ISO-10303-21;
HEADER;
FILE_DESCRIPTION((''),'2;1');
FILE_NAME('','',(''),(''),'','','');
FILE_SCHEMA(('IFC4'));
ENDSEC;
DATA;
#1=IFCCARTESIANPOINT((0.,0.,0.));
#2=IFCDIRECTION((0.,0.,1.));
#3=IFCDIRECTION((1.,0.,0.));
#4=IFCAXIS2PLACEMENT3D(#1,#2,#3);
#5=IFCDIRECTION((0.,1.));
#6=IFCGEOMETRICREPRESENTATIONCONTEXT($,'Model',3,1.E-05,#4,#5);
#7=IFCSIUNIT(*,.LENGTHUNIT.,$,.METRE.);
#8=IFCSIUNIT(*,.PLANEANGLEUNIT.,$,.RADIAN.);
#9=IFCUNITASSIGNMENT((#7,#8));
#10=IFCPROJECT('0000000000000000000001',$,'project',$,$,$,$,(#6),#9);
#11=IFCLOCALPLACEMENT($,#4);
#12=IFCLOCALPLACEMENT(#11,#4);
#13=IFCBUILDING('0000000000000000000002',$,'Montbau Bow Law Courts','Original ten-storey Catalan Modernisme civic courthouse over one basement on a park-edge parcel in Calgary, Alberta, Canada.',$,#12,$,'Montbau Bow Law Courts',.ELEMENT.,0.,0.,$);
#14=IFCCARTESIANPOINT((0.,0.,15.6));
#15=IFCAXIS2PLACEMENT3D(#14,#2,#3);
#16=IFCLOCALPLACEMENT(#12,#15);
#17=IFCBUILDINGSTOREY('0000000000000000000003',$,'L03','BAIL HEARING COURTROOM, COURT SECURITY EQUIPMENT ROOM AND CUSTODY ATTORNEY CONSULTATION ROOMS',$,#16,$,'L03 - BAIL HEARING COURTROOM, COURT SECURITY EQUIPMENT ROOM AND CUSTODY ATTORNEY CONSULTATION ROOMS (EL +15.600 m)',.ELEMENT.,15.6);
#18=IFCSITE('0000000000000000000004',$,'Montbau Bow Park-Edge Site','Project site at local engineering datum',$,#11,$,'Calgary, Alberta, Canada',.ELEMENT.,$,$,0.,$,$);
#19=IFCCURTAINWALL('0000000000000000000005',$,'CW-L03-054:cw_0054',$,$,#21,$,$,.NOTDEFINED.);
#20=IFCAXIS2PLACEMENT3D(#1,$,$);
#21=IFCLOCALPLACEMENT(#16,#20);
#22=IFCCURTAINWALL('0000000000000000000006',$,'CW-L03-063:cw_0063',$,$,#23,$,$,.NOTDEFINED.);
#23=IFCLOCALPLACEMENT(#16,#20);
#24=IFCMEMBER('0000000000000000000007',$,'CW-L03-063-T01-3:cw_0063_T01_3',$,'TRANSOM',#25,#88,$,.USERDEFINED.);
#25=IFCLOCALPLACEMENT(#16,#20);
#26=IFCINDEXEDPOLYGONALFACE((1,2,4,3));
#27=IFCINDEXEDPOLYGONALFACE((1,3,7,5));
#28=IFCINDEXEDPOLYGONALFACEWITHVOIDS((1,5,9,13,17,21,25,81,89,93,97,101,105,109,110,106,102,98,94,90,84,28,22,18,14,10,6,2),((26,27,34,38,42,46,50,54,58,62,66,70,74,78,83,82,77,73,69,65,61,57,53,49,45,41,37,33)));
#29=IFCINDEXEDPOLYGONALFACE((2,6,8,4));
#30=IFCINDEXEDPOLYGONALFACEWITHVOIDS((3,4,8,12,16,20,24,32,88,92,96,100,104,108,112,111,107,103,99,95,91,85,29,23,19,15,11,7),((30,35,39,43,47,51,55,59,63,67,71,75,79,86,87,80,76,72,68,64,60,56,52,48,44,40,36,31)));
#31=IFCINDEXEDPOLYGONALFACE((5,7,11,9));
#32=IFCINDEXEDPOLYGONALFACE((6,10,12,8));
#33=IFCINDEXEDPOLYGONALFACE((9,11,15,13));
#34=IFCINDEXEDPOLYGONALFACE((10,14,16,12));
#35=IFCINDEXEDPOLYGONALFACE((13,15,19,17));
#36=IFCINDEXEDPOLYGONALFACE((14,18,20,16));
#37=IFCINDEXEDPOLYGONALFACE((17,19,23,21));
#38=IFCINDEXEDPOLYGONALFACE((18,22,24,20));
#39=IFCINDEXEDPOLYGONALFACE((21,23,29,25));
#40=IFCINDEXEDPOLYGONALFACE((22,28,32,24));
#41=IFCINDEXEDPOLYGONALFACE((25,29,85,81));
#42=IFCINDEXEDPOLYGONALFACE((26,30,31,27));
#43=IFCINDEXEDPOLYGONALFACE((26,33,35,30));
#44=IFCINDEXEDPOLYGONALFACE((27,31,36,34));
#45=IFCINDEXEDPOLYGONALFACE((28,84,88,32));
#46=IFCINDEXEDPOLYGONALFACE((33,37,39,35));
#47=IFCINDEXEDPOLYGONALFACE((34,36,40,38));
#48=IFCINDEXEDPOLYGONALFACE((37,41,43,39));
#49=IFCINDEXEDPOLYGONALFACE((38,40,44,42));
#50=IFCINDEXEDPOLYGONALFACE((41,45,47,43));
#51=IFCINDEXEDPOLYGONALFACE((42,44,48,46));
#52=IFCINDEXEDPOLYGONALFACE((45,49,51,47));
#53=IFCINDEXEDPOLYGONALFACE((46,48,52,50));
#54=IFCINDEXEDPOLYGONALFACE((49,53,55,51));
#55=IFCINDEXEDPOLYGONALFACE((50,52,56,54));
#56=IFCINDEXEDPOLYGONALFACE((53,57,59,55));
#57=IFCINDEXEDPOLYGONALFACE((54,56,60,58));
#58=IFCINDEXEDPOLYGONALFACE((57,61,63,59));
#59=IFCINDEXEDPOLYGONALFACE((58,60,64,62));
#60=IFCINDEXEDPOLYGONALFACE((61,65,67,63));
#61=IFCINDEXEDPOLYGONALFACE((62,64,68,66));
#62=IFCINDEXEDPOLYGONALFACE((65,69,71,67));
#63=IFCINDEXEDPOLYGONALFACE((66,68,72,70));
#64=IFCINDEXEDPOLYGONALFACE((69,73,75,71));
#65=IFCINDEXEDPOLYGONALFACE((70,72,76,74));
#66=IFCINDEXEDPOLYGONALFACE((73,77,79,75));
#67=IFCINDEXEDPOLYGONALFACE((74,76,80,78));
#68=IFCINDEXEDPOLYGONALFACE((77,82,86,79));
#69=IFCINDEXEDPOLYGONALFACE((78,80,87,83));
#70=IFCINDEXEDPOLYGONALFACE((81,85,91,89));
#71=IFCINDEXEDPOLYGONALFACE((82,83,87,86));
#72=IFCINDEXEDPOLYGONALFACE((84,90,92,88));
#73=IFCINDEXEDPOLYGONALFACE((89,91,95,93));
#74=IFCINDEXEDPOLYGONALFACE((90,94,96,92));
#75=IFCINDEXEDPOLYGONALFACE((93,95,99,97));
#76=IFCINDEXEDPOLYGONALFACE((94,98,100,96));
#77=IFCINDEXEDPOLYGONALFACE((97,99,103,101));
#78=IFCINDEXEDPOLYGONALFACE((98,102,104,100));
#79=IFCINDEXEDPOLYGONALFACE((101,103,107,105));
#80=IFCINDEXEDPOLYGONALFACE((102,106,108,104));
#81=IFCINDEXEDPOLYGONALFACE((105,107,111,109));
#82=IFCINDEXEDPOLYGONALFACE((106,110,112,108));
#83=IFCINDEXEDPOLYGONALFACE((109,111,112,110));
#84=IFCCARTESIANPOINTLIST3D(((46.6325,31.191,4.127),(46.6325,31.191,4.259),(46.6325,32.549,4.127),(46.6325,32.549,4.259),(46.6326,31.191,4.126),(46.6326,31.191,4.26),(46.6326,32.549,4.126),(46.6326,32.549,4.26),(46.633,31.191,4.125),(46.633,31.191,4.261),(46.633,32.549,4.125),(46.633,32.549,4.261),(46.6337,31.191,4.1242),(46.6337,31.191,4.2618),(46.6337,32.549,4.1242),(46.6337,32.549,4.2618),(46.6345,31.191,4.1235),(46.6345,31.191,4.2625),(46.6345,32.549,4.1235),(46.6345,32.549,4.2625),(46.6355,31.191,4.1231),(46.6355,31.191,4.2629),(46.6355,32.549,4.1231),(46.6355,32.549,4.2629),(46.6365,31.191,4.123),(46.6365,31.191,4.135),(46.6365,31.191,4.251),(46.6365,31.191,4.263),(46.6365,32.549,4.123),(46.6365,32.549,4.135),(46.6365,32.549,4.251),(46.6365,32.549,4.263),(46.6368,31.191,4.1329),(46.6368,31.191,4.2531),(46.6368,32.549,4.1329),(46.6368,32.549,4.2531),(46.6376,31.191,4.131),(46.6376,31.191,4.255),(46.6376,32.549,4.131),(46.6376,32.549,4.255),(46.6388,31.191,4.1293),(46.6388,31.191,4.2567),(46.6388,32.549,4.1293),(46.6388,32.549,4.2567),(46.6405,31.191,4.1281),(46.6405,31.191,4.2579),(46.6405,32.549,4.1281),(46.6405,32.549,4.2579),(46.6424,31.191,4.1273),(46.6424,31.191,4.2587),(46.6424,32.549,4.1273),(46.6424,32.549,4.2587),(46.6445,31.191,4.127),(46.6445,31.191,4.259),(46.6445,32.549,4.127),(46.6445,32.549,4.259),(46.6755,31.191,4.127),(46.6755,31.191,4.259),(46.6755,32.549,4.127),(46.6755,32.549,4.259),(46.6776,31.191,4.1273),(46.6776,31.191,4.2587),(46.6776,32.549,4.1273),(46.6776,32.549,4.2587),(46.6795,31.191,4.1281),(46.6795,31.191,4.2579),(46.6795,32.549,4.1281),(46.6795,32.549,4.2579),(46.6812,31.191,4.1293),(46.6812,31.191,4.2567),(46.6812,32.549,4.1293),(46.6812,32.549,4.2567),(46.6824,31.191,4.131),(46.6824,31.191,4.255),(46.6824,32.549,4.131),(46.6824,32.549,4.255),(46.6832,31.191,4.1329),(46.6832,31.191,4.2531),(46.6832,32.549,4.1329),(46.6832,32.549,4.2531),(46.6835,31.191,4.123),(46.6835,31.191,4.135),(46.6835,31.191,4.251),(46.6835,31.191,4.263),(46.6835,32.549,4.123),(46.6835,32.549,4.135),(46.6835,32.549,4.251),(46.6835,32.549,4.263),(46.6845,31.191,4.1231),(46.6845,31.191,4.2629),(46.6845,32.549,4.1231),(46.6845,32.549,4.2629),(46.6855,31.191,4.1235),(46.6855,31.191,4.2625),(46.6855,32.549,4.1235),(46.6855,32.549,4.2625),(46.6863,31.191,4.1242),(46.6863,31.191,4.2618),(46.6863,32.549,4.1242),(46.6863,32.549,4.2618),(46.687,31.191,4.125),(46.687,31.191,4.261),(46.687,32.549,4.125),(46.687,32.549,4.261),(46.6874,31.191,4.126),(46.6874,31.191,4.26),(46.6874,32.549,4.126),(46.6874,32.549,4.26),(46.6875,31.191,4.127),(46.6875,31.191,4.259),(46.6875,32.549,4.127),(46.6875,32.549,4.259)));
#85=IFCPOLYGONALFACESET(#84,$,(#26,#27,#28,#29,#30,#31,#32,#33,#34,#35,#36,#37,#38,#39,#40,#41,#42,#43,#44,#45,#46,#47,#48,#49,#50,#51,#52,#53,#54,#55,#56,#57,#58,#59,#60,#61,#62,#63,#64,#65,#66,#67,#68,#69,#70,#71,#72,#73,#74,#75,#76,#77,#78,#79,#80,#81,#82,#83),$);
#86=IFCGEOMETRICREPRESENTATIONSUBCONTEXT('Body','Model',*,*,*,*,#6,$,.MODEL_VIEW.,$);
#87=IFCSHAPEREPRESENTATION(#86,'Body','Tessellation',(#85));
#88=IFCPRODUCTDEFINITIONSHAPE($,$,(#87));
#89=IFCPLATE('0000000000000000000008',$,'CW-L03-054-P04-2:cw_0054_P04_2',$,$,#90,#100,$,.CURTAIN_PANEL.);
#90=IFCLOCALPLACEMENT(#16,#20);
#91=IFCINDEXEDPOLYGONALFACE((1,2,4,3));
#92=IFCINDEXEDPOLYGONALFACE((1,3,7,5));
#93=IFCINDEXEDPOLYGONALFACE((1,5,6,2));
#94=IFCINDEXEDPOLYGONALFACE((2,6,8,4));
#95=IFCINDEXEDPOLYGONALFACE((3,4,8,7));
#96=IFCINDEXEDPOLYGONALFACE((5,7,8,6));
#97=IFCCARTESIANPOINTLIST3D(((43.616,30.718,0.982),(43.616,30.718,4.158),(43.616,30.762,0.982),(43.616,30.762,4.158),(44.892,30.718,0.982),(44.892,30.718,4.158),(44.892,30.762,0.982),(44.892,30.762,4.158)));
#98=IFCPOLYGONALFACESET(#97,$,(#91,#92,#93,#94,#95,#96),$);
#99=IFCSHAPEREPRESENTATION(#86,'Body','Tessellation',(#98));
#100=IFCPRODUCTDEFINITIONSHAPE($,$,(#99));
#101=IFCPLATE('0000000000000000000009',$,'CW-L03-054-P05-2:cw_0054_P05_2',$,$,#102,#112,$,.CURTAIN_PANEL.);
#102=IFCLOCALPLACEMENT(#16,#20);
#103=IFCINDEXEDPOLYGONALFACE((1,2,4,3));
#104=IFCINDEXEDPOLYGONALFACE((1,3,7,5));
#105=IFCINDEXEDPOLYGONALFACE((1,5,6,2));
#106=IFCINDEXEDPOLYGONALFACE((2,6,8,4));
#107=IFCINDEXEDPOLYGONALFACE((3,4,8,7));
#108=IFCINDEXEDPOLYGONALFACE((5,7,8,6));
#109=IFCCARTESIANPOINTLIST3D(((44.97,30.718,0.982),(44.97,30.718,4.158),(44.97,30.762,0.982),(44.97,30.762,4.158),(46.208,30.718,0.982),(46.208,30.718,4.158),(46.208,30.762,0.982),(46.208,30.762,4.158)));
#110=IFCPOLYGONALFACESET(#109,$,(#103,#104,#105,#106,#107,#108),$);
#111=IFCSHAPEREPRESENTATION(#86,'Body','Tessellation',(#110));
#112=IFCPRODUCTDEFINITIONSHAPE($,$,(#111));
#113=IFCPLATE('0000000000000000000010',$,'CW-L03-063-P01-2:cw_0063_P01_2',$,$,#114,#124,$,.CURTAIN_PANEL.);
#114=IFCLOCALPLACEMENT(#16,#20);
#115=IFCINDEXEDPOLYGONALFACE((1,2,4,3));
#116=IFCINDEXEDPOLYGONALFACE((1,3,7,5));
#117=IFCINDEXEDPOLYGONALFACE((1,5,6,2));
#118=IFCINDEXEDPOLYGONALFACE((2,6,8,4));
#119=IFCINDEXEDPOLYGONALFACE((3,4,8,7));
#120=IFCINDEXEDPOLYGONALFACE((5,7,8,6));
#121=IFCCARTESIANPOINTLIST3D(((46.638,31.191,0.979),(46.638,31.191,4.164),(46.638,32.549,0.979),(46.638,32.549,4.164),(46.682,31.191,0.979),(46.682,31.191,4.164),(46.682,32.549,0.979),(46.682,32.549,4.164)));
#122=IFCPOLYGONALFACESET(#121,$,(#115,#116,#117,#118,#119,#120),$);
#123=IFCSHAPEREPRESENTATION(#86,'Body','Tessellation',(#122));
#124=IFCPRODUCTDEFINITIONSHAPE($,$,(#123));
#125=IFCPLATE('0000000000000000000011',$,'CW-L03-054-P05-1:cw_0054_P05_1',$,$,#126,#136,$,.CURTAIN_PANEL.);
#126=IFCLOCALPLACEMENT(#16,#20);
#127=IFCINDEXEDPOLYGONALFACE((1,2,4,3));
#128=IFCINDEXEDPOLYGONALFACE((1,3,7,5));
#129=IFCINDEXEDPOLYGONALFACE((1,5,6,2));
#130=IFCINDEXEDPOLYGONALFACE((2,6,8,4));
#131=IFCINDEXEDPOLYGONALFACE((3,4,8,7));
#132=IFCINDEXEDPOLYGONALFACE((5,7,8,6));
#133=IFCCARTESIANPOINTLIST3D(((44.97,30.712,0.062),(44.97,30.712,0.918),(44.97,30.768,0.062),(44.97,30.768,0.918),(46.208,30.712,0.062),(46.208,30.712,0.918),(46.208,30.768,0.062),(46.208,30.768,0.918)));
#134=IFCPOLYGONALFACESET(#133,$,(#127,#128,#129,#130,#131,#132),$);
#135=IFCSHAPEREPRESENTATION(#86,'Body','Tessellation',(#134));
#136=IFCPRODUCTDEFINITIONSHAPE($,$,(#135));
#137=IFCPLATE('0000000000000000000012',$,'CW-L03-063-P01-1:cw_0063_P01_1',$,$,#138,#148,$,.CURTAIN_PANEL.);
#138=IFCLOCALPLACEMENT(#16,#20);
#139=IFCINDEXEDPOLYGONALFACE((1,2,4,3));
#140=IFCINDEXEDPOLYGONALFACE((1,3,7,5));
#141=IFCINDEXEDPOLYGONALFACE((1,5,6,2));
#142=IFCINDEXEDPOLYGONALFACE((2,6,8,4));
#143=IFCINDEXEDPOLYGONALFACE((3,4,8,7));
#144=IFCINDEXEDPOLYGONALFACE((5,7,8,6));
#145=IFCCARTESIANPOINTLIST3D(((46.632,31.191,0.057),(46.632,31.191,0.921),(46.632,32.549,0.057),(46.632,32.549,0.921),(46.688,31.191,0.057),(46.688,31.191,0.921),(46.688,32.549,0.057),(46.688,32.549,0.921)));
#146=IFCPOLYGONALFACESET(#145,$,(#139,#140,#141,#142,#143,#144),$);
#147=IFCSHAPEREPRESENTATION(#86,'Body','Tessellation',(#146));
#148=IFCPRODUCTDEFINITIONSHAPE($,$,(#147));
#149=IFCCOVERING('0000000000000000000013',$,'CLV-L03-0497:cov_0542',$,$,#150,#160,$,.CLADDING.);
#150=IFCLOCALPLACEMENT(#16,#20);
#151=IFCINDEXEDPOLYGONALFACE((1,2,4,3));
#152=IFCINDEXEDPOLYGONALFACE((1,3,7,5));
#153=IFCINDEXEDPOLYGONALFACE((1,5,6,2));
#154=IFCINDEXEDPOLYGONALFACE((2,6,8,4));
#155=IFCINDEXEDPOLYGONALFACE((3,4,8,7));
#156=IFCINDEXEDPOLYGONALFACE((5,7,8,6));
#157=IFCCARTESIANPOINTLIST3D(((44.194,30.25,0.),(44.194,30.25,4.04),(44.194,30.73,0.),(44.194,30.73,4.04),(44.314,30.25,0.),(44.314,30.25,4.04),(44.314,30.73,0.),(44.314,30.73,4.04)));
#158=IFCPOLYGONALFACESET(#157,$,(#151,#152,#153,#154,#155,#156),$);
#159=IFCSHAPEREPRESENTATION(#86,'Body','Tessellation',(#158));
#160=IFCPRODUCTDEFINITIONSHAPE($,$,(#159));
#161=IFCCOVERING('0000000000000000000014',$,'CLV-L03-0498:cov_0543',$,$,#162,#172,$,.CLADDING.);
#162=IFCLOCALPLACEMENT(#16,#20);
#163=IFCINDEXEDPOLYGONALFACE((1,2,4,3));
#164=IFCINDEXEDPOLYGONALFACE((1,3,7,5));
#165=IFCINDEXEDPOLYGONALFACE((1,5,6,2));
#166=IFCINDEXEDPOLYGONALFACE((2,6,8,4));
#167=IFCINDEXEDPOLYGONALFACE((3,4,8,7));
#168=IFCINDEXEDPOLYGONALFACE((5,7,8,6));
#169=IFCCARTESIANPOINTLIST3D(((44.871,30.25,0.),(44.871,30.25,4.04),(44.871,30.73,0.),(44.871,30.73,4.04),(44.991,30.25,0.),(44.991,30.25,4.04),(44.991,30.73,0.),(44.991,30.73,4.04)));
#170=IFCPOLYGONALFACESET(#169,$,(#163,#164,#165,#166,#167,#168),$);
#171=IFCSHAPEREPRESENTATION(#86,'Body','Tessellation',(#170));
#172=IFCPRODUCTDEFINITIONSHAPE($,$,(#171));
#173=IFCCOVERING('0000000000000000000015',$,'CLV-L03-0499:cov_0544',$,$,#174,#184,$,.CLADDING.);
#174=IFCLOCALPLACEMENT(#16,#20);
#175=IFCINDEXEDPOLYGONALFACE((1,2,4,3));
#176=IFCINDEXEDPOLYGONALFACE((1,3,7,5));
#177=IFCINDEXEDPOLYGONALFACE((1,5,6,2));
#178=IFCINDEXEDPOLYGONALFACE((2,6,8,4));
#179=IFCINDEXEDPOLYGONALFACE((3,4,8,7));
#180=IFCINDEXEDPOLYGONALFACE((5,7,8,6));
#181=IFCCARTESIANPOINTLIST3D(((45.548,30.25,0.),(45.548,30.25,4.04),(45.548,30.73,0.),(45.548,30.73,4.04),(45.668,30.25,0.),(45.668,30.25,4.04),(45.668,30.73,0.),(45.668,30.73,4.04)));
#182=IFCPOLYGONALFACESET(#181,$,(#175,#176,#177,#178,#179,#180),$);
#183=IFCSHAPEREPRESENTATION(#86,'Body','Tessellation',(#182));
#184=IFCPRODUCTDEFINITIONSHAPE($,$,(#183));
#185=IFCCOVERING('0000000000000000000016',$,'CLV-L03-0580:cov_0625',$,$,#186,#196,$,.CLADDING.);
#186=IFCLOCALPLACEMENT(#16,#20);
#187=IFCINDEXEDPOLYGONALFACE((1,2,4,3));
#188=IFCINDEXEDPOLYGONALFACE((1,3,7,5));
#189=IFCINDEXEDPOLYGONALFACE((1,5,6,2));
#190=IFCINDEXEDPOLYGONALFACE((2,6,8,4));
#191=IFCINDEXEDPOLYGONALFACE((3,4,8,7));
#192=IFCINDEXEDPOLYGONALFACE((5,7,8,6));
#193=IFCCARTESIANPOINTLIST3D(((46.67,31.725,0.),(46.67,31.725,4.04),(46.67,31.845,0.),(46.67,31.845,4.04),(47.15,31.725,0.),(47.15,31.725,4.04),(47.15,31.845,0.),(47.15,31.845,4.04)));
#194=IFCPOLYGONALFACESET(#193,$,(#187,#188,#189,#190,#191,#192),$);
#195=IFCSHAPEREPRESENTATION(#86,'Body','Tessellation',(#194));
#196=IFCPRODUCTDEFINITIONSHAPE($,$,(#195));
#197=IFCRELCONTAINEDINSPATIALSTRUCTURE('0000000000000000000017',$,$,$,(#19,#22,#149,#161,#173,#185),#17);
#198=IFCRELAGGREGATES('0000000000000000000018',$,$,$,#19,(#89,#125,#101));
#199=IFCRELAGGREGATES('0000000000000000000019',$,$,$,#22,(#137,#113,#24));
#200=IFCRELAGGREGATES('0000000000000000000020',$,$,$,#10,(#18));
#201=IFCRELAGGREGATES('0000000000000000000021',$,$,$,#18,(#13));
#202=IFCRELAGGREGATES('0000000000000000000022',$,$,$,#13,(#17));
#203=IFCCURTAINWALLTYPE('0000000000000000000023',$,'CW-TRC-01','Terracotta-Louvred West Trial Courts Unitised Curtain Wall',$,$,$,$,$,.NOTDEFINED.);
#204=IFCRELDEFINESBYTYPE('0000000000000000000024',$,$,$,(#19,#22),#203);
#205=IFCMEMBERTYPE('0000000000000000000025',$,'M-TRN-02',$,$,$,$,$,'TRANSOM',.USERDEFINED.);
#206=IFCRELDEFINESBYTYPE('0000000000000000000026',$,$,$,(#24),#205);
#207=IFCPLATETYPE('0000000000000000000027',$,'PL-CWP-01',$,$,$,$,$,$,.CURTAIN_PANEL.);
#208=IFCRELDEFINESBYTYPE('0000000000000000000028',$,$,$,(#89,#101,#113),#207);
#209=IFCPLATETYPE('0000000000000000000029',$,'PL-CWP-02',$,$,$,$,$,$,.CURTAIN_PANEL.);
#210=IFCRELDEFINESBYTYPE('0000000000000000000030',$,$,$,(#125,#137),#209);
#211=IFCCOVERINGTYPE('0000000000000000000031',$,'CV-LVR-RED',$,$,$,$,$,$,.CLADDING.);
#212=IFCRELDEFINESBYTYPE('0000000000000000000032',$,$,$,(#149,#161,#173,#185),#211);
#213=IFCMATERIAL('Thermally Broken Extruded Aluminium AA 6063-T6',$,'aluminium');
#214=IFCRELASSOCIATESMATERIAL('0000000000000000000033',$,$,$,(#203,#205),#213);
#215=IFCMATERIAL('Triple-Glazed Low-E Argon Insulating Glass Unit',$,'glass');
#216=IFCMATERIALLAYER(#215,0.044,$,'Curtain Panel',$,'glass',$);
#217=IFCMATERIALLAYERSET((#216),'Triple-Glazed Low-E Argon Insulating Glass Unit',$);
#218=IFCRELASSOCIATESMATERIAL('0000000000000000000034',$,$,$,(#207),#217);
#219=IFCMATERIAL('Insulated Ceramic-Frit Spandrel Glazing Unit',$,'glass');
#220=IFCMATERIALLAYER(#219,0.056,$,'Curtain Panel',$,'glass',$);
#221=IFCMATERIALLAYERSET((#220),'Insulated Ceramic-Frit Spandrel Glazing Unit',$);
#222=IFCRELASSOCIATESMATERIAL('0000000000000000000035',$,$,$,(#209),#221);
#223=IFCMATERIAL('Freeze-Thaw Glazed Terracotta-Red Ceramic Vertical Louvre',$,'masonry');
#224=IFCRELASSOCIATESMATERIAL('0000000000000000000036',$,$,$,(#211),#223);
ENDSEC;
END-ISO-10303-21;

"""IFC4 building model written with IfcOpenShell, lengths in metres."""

from ifc_helpers import new_model, si_unit, direction, frame, frame_2d, origin_with_axes, origin_2d_with_axis, place, context, subcontext, project, spatial, rectangle, hollow_rectangle, extrude, material, layer, layer_set, material_profile, profile_set, type_object, element, aggregate, save


model = new_model("IFC4")

# Units and contexts
model_context = context("Model", 3, precision=1e-05, world=origin_with_axes(), true_north=direction((0.0, 1.0)))
body_context = subcontext(model_context, "Body", "Model", "MODEL_VIEW")
ifc_project = project(units=[si_unit("LENGTHUNIT", "METRE"), si_unit("PLANEANGLEUNIT", "RADIAN")], contexts=[model_context])

# Site, building, storey
site_placement = place(None, origin_with_axes())
site = spatial("IfcSite", under=ifc_project, at=site_placement, Name="Montbau Bow Park-Edge Site", Description="Project site at local engineering datum", LongName="Calgary, Alberta, Canada", CompositionType="ELEMENT", RefElevation=0.0)
building_placement = place(site_placement, origin_with_axes())
building = spatial("IfcBuilding", under=site, at=building_placement, Name="Montbau Bow Law Courts", Description="Original ten-storey Catalan Modernisme civic courthouse over one basement on a park-edge parcel in Calgary, Alberta, Canada.", LongName="Montbau Bow Law Courts", CompositionType="ELEMENT", ElevationOfRefHeight=0.0, ElevationOfTerrain=0.0)
storey_placement = place(building_placement, frame((0.0, 0.0, 15.6), z_axis=(0.0, 0.0, 1.0), x_axis=(1.0, 0.0, 0.0)))
storey = spatial("IfcBuildingStorey", under=building, at=storey_placement, Name="L03", Description="BAIL HEARING COURTROOM, COURT SECURITY EQUIPMENT ROOM AND CUSTODY ATTORNEY CONSULTATION ROOMS", LongName="L03 - BAIL HEARING COURTROOM, COURT SECURITY EQUIPMENT ROOM AND CUSTODY ATTORNEY CONSULTATION ROOMS (EL +15.600 m)", CompositionType="ELEMENT", Elevation=15.6)

# Curtain wall
ifc_material_1 = material(Name="Thermally Broken Extruded Aluminium AA 6063-T6", Category="aluminium")
curtain_wall_type = type_object("IfcCurtainWallType", Name="CW-TRC-01", Description="Terracotta-Louvred West Trial Courts Unitised Curtain Wall", PredefinedType="NOTDEFINED", material=ifc_material_1)
curtain_wall_1_placement = place(None, frame((39.515, 30.74, 15.6), z_axis=(0.0, 0.0, 1.0), x_axis=(1.0, 0.0, 0.0)))
curtain_wall_1 = element("IfcCurtainWall", 1, at=curtain_wall_1_placement, inside=storey, type_object=curtain_wall_type, Name="CW-L03-054:cw_0054", PredefinedType="NOTDEFINED")

# Curtain wall
curtain_wall_2_placement = place(None, frame((46.66, 31.115, 15.6), z_axis=(0.0, 0.0, 1.0), x_axis=(1.0, 0.0, 0.0)))
curtain_wall_2 = element("IfcCurtainWall", 2, at=curtain_wall_2_placement, inside=storey, type_object=curtain_wall_type, Name="CW-L03-063:cw_0063", PredefinedType="NOTDEFINED")

# Member
ifc_material_profile_1 = material_profile(ifc_material_1, hollow_rectangle(XDim=0.055, YDim=0.14, WallThickness=0.004, InnerFilletRadius=0.008, OuterFilletRadius=0.004, at=origin_2d_with_axis()), Name="CWT-140X55", Category="Main", Priority=0)
ifc_profile_set_1 = profile_set([ifc_material_profile_1], Name="Thermally Broken Extruded Aluminium AA 6063-T6")
member_type_1 = type_object("IfcMemberType", Name="M-TRN-02", ElementType="TRANSOM", PredefinedType="USERDEFINED", material=ifc_profile_set_1)
member_1_placement = place(None, frame((46.66, 31.191, 19.793), z_axis=(0.0, 1.0, 0.0), x_axis=(-1.0, 0.0, 0.0)))
member_1 = element("IfcMember", 3, at=member_1_placement, type_object=member_type_1, Name="CW-L03-063-T01-3:cw_0063_T01_3", ObjectType="TRANSOM", PredefinedType="USERDEFINED", context=body_context, shape_type="SweptSolid", body=[
    extrude(hollow_rectangle(XDim=0.055, YDim=0.14, WallThickness=0.004, InnerFilletRadius=0.008, OuterFilletRadius=0.004, at=origin_2d_with_axis()), origin_with_axes(), (0.0, 0.0, 1.0), 1.358),
])

# Plates
ifc_material_2 = material(Name="Triple-Glazed Low-E Argon Insulating Glass Unit", Category="glass")
ifc_layer_1 = layer(ifc_material_2, 0.044, Name="Curtain Panel", Category="glass")
ifc_layer_set_1 = layer_set([ifc_layer_1], Name="Triple-Glazed Low-E Argon Insulating Glass Unit")
plate_type_1 = type_object("IfcPlateType", Name="PL-CWP-01", PredefinedType="CURTAIN_PANEL", material=ifc_layer_set_1)
plate_1_placement = place(None, frame((43.616, 30.74, 16.582), z_axis=(0.0, -1.0, 0.0), x_axis=(1.0, 0.0, 0.0)))
plate_1 = element("IfcPlate", 4, at=plate_1_placement, type_object=plate_type_1, Name="CW-L03-054-P04-2:cw_0054_P04_2", PredefinedType="CURTAIN_PANEL", context=body_context, shape_type="SweptSolid", body=[
    extrude(rectangle(XDim=1.276, YDim=3.176, at=frame_2d((0.638, 1.588), x_axis=(1.0, 0.0))), frame((0.0, 0.0, -0.022), z_axis=(0.0, 0.0, 1.0), x_axis=(1.0, 0.0, 0.0)), (0.0, 0.0, 1.0), 0.044),
])
plate_2_placement = place(None, frame((44.97, 30.74, 16.582), z_axis=(0.0, -1.0, 0.0), x_axis=(1.0, 0.0, 0.0)))
plate_2 = element("IfcPlate", 5, at=plate_2_placement, type_object=plate_type_1, Name="CW-L03-054-P05-2:cw_0054_P05_2", PredefinedType="CURTAIN_PANEL", context=body_context, shape_type="SweptSolid", body=[
    extrude(rectangle(XDim=1.238, YDim=3.176, at=frame_2d((0.619, 1.588), x_axis=(1.0, 0.0))), frame((0.0, 0.0, -0.022), z_axis=(0.0, 0.0, 1.0), x_axis=(1.0, 0.0, 0.0)), (0.0, 0.0, 1.0), 0.044),
])
plate_3_placement = place(None, frame((46.66, 31.191, 16.579), z_axis=(1.0, 0.0, 0.0), x_axis=(0.0, 1.0, 0.0)))
plate_3 = element("IfcPlate", 6, at=plate_3_placement, type_object=plate_type_1, Name="CW-L03-063-P01-2:cw_0063_P01_2", PredefinedType="CURTAIN_PANEL", context=body_context, shape_type="SweptSolid", body=[
    extrude(rectangle(XDim=1.358, YDim=3.185, at=frame_2d((0.679, 1.5925), x_axis=(1.0, 0.0))), frame((0.0, 0.0, -0.022), z_axis=(0.0, 0.0, 1.0), x_axis=(1.0, 0.0, 0.0)), (0.0, 0.0, 1.0), 0.044),
])
ifc_material_3 = material(Name="Insulated Ceramic-Frit Spandrel Glazing Unit", Category="glass")
ifc_layer_2 = layer(ifc_material_3, 0.056, Name="Curtain Panel", Category="glass")
ifc_layer_set_2 = layer_set([ifc_layer_2], Name="Insulated Ceramic-Frit Spandrel Glazing Unit")
plate_type_2 = type_object("IfcPlateType", Name="PL-CWP-02", PredefinedType="CURTAIN_PANEL", material=ifc_layer_set_2)
plate_4_placement = place(None, frame((44.97, 30.74, 15.662), z_axis=(0.0, -1.0, 0.0), x_axis=(1.0, 0.0, 0.0)))
plate_4 = element("IfcPlate", 7, at=plate_4_placement, type_object=plate_type_2, Name="CW-L03-054-P05-1:cw_0054_P05_1", PredefinedType="CURTAIN_PANEL", context=body_context, shape_type="SweptSolid", body=[
    extrude(rectangle(XDim=1.238, YDim=0.856, at=frame_2d((0.619, 0.428), x_axis=(1.0, 0.0))), frame((0.0, 0.0, -0.028), z_axis=(0.0, 0.0, 1.0), x_axis=(1.0, 0.0, 0.0)), (0.0, 0.0, 1.0), 0.056),
])
aggregate(curtain_wall_1, [plate_1, plate_4, plate_2])
plate_5_placement = place(None, frame((46.66, 31.191, 15.657), z_axis=(1.0, 0.0, 0.0), x_axis=(0.0, 1.0, 0.0)))
plate_5 = element("IfcPlate", 8, at=plate_5_placement, type_object=plate_type_2, Name="CW-L03-063-P01-1:cw_0063_P01_1", PredefinedType="CURTAIN_PANEL", context=body_context, shape_type="SweptSolid", body=[
    extrude(rectangle(XDim=1.358, YDim=0.864, at=frame_2d((0.679, 0.432), x_axis=(1.0, 0.0))), frame((0.0, 0.0, -0.028), z_axis=(0.0, 0.0, 1.0), x_axis=(1.0, 0.0, 0.0)), (0.0, 0.0, 1.0), 0.056),
])
aggregate(curtain_wall_2, [plate_5, plate_3, member_1])

# Coverings
ifc_material_4 = material(Name="Freeze-Thaw Glazed Terracotta-Red Ceramic Vertical Louvre", Category="masonry")
covering_type = type_object("IfcCoveringType", Name="CV-LVR-RED", PredefinedType="CLADDING", material=ifc_material_4)
for number, where, z_axis, x_axis, name in (
    (9, (44.254, 30.73, 15.6), (-1.0, 0.0, 0.0), (0.0, -1.0, 0.0), "CLV-L03-0497:cov_0542"),
    (10, (44.931, 30.73, 15.6), (-1.0, 0.0, 0.0), (0.0, -1.0, 0.0), "CLV-L03-0498:cov_0543"),
    (11, (45.608, 30.73, 15.6), (-1.0, 0.0, 0.0), (0.0, -1.0, 0.0), "CLV-L03-0499:cov_0544"),
    (12, (46.67, 31.785, 15.6), (0.0, -1.0, 0.0), (1.0, 0.0, 0.0), "CLV-L03-0580:cov_0625"),
):
    element("IfcCovering", number, at=place(None, frame(where, z_axis=z_axis, x_axis=x_axis)), inside=storey, type_object=covering_type, Name=name, PredefinedType="CLADDING", context=body_context, shape_type="SweptSolid", body=[
        extrude(rectangle(XDim=0.48, YDim=4.04, at=frame_2d((0.24, 2.02), x_axis=(1.0, 0.0))), frame((0.0, 0.0, -0.06), z_axis=(0.0, 0.0, 1.0), x_axis=(1.0, 0.0, 0.0)), (0.0, 0.0, 1.0), 0.12),
    ])

save(model, "model.ifc")
